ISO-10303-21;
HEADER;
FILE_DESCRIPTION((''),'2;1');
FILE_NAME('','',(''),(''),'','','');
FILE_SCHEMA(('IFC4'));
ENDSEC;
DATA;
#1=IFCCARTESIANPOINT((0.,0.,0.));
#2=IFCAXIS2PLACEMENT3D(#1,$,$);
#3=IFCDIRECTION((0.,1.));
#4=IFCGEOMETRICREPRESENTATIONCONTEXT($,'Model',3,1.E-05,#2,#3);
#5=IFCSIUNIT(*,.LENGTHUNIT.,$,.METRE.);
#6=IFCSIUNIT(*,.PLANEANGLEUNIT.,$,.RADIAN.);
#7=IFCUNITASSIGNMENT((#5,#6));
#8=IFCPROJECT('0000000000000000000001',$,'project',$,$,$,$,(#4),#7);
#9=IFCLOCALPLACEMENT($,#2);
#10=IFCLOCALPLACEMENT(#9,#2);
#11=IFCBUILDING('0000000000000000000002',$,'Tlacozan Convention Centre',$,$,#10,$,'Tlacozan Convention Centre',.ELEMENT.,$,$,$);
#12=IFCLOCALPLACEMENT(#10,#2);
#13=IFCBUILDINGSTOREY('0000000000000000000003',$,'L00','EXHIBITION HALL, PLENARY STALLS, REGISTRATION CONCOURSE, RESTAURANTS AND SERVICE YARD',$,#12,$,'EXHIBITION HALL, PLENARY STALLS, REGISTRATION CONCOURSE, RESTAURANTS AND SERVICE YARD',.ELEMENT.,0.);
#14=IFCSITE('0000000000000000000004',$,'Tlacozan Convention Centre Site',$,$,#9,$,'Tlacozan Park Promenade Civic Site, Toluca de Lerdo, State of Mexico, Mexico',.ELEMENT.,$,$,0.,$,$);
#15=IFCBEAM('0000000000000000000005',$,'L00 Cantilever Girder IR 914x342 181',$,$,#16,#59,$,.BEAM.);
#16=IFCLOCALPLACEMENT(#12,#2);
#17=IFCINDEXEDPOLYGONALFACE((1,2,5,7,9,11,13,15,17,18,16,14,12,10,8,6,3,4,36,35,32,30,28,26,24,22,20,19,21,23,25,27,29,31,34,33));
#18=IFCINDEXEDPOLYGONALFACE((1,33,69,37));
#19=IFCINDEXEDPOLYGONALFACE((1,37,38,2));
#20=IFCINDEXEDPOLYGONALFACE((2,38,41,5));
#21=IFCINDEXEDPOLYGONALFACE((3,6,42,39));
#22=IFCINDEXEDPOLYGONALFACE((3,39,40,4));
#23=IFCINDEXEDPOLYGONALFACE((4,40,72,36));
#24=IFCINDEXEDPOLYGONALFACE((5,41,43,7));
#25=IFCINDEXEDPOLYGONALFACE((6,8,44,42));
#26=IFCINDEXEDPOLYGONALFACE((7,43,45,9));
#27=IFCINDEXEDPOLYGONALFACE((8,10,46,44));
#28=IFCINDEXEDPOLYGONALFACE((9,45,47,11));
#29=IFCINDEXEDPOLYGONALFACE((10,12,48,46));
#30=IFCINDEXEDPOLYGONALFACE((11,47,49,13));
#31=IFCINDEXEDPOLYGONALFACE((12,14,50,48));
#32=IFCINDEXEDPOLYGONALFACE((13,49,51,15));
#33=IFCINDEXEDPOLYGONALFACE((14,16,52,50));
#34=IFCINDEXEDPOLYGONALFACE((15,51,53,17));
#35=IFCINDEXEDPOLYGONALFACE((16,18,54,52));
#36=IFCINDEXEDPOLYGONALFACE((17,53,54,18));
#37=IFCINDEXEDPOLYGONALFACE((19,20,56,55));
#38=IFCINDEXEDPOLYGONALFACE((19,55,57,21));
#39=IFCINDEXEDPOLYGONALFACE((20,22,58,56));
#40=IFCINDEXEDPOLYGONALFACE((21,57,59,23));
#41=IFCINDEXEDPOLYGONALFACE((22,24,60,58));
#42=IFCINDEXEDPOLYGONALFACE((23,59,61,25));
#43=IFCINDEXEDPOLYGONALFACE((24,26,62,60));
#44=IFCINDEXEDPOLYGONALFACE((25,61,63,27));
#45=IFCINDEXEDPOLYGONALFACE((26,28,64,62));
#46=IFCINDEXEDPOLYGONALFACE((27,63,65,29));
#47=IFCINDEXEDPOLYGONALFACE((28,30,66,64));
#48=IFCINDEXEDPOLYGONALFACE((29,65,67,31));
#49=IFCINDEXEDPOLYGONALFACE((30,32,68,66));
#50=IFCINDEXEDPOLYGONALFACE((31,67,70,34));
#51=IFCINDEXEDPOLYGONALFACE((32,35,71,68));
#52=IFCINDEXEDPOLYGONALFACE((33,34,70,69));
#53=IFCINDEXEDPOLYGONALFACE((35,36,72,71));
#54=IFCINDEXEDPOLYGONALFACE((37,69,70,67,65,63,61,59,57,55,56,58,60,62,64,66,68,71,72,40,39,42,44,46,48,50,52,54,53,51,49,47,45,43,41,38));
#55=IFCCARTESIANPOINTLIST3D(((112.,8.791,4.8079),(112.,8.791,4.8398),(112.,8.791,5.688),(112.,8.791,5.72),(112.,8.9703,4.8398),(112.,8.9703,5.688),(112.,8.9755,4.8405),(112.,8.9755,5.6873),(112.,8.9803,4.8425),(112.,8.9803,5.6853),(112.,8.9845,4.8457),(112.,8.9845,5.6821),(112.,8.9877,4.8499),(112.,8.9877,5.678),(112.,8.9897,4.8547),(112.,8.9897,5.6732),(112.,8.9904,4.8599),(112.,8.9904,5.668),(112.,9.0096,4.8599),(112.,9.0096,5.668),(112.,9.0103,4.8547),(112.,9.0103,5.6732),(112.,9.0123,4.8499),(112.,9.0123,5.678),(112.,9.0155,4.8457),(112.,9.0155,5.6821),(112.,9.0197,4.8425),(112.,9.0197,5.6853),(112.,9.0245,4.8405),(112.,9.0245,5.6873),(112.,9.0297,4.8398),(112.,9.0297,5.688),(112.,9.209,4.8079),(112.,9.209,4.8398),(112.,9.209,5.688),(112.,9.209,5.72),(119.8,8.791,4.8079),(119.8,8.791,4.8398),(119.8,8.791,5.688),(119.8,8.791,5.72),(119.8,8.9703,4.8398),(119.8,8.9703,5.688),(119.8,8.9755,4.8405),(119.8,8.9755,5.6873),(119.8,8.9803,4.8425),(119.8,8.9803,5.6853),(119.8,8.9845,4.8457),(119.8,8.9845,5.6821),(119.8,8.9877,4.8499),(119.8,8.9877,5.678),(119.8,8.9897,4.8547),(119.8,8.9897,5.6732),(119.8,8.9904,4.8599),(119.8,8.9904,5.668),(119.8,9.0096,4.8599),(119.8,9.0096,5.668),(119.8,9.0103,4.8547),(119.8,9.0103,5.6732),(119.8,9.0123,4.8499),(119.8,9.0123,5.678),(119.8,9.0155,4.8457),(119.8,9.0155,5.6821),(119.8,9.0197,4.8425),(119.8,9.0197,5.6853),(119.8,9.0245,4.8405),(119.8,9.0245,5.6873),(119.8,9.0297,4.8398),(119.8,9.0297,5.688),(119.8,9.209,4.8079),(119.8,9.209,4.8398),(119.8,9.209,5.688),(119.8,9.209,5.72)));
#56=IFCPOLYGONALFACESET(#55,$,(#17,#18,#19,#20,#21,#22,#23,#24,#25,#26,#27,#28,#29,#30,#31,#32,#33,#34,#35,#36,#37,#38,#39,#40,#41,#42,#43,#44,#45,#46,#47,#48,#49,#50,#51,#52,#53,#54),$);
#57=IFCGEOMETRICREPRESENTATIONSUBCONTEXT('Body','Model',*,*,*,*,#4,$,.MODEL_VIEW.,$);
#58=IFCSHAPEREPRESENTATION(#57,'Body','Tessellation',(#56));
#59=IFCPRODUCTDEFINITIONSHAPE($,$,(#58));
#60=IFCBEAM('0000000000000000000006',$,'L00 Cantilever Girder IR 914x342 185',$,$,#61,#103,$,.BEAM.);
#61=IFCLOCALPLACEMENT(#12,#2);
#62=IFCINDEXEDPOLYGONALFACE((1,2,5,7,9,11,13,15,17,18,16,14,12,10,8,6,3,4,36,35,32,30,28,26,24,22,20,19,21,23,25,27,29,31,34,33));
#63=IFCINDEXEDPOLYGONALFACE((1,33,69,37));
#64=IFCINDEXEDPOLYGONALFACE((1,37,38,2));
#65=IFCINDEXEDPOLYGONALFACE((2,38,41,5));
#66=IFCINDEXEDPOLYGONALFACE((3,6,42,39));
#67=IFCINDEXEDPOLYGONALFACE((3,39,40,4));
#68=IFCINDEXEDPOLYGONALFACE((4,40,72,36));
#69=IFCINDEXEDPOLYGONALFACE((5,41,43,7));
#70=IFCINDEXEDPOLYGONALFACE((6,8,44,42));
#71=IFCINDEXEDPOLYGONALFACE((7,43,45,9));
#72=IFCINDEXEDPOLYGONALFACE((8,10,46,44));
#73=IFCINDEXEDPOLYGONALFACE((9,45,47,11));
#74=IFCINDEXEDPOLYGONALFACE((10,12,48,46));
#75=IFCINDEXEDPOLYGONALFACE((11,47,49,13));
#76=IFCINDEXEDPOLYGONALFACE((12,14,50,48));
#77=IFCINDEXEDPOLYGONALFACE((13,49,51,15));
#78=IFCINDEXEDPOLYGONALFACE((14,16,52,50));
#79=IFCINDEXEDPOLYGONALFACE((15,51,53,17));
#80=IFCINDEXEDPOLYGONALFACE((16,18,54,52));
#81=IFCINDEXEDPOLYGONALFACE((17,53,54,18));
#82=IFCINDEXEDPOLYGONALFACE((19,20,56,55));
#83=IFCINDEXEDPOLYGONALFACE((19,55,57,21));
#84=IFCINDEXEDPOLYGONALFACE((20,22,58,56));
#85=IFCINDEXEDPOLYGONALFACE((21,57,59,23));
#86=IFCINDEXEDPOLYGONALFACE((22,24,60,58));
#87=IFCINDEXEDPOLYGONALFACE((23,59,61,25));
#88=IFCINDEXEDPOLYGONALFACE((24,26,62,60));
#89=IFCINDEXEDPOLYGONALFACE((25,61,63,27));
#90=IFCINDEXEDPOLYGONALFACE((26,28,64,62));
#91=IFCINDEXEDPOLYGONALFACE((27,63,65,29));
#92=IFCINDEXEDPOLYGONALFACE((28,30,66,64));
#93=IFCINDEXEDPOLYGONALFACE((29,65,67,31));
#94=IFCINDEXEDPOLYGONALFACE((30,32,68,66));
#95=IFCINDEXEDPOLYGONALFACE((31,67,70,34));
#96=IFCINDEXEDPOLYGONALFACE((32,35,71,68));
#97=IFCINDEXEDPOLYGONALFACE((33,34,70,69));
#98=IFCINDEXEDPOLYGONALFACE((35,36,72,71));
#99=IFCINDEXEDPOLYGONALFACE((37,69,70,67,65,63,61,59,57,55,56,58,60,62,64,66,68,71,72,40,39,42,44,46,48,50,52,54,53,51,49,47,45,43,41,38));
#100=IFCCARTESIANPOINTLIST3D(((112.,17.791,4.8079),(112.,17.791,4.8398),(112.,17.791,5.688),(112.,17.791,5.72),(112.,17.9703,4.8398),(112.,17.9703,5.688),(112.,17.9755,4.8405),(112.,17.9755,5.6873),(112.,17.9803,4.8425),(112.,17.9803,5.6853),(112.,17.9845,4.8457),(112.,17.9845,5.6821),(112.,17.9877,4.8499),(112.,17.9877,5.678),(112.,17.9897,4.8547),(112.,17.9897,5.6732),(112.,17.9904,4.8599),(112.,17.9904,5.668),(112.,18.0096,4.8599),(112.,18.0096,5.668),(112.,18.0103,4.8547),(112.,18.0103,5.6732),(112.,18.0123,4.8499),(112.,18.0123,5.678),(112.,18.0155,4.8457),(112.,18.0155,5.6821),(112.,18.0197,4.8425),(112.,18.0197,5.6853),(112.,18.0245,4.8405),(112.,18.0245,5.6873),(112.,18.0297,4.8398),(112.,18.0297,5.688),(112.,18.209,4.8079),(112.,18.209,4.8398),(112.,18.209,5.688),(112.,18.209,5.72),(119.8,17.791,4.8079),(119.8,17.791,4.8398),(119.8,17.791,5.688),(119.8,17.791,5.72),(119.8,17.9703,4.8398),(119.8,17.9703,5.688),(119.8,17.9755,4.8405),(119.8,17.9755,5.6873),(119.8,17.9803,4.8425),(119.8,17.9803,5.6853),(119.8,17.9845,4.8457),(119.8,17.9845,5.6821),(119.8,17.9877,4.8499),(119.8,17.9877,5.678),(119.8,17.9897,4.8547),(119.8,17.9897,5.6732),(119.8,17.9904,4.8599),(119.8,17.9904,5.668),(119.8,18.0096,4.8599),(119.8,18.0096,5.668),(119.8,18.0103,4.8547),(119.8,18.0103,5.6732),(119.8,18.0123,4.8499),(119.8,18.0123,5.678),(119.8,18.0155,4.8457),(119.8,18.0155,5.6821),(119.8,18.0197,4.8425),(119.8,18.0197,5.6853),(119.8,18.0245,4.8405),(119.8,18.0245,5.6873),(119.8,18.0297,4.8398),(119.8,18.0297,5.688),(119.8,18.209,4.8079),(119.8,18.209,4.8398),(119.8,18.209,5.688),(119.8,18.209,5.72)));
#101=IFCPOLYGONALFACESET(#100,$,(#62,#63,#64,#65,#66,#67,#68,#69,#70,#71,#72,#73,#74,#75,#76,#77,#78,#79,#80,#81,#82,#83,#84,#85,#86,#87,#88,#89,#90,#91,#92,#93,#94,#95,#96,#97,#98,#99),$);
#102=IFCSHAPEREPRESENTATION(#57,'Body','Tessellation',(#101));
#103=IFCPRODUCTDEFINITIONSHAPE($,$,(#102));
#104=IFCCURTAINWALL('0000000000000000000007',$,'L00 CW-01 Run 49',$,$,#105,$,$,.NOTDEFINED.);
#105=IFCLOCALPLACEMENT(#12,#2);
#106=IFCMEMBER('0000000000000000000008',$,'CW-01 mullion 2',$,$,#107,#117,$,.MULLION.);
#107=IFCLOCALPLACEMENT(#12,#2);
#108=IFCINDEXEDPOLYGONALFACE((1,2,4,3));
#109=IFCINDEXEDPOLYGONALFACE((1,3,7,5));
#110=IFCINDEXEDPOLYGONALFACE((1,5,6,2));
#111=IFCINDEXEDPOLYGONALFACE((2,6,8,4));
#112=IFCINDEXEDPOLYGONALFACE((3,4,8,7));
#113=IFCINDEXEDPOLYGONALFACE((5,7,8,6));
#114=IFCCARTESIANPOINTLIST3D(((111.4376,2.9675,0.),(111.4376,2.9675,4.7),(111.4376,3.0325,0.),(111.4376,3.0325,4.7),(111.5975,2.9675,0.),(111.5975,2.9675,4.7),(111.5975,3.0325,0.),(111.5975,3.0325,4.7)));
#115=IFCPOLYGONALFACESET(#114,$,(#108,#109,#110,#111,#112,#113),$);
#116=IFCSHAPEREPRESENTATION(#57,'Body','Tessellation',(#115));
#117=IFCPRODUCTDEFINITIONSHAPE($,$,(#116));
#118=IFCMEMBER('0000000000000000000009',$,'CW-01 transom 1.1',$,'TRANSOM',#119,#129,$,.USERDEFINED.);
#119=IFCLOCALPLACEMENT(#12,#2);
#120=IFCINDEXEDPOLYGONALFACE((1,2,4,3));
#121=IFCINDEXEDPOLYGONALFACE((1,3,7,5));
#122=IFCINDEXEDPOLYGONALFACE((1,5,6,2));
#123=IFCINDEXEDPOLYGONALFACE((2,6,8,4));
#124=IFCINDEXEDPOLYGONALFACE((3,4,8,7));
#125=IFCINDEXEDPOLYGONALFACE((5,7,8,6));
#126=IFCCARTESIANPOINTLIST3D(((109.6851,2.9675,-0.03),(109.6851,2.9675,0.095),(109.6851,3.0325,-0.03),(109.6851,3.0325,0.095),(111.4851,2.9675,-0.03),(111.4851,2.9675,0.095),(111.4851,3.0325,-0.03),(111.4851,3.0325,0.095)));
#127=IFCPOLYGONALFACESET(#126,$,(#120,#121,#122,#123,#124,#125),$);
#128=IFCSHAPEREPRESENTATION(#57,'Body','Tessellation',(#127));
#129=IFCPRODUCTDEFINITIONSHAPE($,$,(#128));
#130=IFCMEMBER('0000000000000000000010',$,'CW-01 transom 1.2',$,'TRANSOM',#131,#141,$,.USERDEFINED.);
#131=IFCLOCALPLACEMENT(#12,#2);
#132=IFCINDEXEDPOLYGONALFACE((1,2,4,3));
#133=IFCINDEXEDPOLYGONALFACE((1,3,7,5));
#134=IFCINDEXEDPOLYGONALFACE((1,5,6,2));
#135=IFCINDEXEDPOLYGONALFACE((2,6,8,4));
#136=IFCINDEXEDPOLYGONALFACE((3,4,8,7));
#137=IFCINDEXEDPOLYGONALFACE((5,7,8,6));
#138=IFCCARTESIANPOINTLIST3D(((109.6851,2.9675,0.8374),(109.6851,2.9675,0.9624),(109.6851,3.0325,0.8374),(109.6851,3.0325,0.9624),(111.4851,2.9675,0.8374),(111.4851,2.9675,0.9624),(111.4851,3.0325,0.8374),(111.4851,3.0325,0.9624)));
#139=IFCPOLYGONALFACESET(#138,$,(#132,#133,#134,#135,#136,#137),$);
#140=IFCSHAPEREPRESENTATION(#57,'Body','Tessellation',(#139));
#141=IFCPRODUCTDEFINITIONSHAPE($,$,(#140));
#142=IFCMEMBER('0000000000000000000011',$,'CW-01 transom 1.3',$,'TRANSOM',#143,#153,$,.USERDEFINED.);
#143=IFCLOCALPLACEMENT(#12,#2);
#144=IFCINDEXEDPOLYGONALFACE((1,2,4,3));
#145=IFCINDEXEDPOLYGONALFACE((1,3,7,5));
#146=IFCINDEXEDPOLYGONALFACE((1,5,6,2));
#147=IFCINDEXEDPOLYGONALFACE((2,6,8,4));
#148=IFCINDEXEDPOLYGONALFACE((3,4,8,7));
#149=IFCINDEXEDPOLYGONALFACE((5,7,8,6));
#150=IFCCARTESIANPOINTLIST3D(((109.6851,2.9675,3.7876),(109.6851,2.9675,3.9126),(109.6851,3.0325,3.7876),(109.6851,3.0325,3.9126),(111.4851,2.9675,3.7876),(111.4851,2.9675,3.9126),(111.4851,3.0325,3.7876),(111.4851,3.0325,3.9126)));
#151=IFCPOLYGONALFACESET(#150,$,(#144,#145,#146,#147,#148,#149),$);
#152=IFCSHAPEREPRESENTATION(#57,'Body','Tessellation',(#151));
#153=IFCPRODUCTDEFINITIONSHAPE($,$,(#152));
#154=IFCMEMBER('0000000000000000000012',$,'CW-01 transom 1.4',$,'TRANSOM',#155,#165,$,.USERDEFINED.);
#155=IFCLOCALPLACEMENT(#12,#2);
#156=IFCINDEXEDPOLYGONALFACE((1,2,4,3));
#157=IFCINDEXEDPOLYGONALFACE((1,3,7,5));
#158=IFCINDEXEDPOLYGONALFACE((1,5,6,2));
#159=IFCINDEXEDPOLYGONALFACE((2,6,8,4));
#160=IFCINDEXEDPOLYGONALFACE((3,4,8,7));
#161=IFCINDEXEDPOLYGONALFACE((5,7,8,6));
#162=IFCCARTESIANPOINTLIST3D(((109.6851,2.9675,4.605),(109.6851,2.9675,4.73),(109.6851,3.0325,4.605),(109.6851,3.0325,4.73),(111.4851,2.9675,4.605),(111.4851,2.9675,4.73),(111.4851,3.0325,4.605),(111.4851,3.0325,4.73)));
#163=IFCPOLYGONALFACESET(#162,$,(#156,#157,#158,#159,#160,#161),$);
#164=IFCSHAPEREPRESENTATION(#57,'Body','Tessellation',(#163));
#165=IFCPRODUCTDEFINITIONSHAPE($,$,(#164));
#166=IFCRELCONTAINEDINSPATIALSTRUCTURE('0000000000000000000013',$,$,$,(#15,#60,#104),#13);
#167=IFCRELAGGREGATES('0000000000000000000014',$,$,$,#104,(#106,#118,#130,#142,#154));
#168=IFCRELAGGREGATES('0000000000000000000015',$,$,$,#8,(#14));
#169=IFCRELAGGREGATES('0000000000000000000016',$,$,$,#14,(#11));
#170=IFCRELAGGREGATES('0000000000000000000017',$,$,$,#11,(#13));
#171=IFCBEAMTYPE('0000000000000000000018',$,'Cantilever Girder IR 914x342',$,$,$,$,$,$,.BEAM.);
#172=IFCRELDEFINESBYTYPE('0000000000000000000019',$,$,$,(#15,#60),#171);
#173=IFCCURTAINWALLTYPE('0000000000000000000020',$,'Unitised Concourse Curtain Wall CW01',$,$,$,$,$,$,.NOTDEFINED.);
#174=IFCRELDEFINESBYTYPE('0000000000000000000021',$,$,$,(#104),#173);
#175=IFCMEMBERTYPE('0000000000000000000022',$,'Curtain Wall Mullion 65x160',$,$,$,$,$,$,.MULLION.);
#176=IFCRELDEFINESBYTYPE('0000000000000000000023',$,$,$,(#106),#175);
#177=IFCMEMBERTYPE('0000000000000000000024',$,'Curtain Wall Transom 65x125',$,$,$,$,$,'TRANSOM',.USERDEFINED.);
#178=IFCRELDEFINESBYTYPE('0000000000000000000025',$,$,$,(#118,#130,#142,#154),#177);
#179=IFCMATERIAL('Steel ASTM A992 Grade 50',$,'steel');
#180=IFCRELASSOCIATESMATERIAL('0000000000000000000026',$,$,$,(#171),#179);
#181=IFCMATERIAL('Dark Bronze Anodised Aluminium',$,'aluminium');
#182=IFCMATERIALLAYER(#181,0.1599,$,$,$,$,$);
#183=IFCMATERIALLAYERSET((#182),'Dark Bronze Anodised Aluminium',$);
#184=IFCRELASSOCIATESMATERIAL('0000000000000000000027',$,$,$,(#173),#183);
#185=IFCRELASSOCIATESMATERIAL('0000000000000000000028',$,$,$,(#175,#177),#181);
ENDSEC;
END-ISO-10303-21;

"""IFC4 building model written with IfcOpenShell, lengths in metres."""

from ifc_helpers import new_model, si_unit, direction, frame, origin, origin_2d, place, context, subcontext, project, spatial, rectangle, i_section, extrude, material, layer, layer_set, material_profile, profile_set, type_object, element, aggregate, save


model = new_model("IFC4")

# Units and contexts
model_context = context("Model", 3, precision=1e-05, world=origin(), true_north=direction((0.0, 1.0)))
body_context = subcontext(model_context, "Body", "Model", "MODEL_VIEW")
ifc_project = project(units=[si_unit("LENGTHUNIT", "METRE"), si_unit("PLANEANGLEUNIT", "RADIAN")], contexts=[model_context])

# Site, building, storey
site_placement = place(None, origin())
site = spatial("IfcSite", under=ifc_project, at=site_placement, Name="Tlacozan Convention Centre Site", LongName="Tlacozan Park Promenade Civic Site, Toluca de Lerdo, State of Mexico, Mexico", CompositionType="ELEMENT", RefElevation=0.0)
building_placement = place(site_placement, origin())
building = spatial("IfcBuilding", under=site, at=building_placement, Name="Tlacozan Convention Centre", LongName="Tlacozan Convention Centre", CompositionType="ELEMENT")
storey_placement = place(building_placement, origin())
storey = spatial("IfcBuildingStorey", under=building, at=storey_placement, Name="L00", Description="EXHIBITION HALL, PLENARY STALLS, REGISTRATION CONCOURSE, RESTAURANTS AND SERVICE YARD", LongName="EXHIBITION HALL, PLENARY STALLS, REGISTRATION CONCOURSE, RESTAURANTS AND SERVICE YARD", CompositionType="ELEMENT", Elevation=0.0)

# Beams
ifc_material_1 = material(Name="Steel ASTM A992 Grade 50", Category="steel")
ifc_material_profile_1 = material_profile(ifc_material_1, i_section(OverallWidth=0.418, OverallDepth=0.9121, WebThickness=0.0193, FlangeThickness=0.032, FilletRadius=0.02, at=origin_2d()), Name="IR 914x342.0")
ifc_profile_set_1 = profile_set([ifc_material_profile_1], Name="Steel ASTM A992 Grade 50")
beam_type_1 = type_object("IfcBeamType", Name="Cantilever Girder IR 914x342", PredefinedType="BEAM", material=ifc_profile_set_1)
for number, where, z_axis, x_axis, name in (
    (1, (112.0, 9.0, 5.2639), (1.0, 0.0, 0.0), (0.0, 1.0, 0.0), "L00 Cantilever Girder IR 914x342 181"),
    (2, (112.0, 18.0, 5.2639), (1.0, 0.0, 0.0), (0.0, 1.0, 0.0), "L00 Cantilever Girder IR 914x342 185"),
):
    element("IfcBeam", number, at=place(storey_placement, frame(where, z_axis=z_axis, x_axis=x_axis)), inside=storey, type_object=beam_type_1, Name=name, PredefinedType="BEAM", context=body_context, shape_type="SweptSolid", body=[
        extrude(i_section(OverallWidth=0.418, OverallDepth=0.9121, WebThickness=0.0193, FlangeThickness=0.032, FilletRadius=0.02, at=origin_2d()), origin(), (0.0, 0.0, 1.0), 7.8),
    ])

# Curtain wall, members
ifc_material_2 = material(Name="Dark Bronze Anodised Aluminium", Category="aluminium")
ifc_layer_1 = layer(ifc_material_2, 0.1599)
ifc_layer_set_1 = layer_set([ifc_layer_1], Name="Dark Bronze Anodised Aluminium")
curtain_wall_type = type_object("IfcCurtainWallType", Name="Unitised Concourse Curtain Wall CW01", PredefinedType="NOTDEFINED", material=ifc_layer_set_1)
curtain_wall_placement = place(storey_placement, origin())
curtain_wall = element("IfcCurtainWall", 3, at=curtain_wall_placement, inside=storey, type_object=curtain_wall_type, Name="L00 CW-01 Run 49", PredefinedType="NOTDEFINED")
ifc_material_profile_2 = material_profile(ifc_material_2, rectangle(XDim=0.0649, YDim=0.1599, at=origin_2d()), Name="ALU 65x160")
ifc_profile_set_2 = profile_set([ifc_material_profile_2], Name="Dark Bronze Anodised Aluminium")
member_type_1 = type_object("IfcMemberType", Name="Curtain Wall Mullion 65x160", PredefinedType="MULLION", material=ifc_profile_set_2)
member_1_placement = place(storey_placement, frame((111.5176, 3.0, 0.0), z_axis=(0.0, 0.0, 1.0), x_axis=(0.0, 1.0, 0.0)))
member_1 = element("IfcMember", 4, at=member_1_placement, type_object=member_type_1, Name="CW-01 mullion 2", PredefinedType="MULLION", context=body_context, shape_type="SweptSolid", body=[
    extrude(rectangle(XDim=0.0649, YDim=0.1599, at=origin_2d()), origin(), (0.0, 0.0, 1.0), 4.7),
])
ifc_material_profile_3 = material_profile(ifc_material_2, rectangle(XDim=0.0649, YDim=0.125, at=origin_2d()), Name="ALU 65x125")
ifc_profile_set_3 = profile_set([ifc_material_profile_3], Name="Dark Bronze Anodised Aluminium")
member_type_2 = type_object("IfcMemberType", Name="Curtain Wall Transom 65x125", ElementType="TRANSOM", PredefinedType="USERDEFINED", material=ifc_profile_set_3)
member_2_placement = place(storey_placement, frame((109.6851, 3.0, 0.0325), z_axis=(1.0, 0.0, 0.0), x_axis=(0.0, 1.0, 0.0)))
member_2 = element("IfcMember", 5, at=member_2_placement, type_object=member_type_2, Name="CW-01 transom 1.1", ObjectType="TRANSOM", PredefinedType="USERDEFINED", context=body_context, shape_type="SweptSolid", body=[
    extrude(rectangle(XDim=0.0649, YDim=0.125, at=origin_2d()), origin(), (0.0, 0.0, 1.0), 1.8),
])
member_3_placement = place(storey_placement, frame((109.6851, 3.0, 0.8999), z_axis=(1.0, 0.0, 0.0), x_axis=(0.0, 1.0, 0.0)))
member_3 = element("IfcMember", 6, at=member_3_placement, type_object=member_type_2, Name="CW-01 transom 1.2", ObjectType="TRANSOM", PredefinedType="USERDEFINED", context=body_context, shape_type="SweptSolid", body=[
    extrude(rectangle(XDim=0.0649, YDim=0.125, at=origin_2d()), origin(), (0.0, 0.0, 1.0), 1.8),
])
member_4_placement = place(storey_placement, frame((109.6851, 3.0, 3.8501), z_axis=(1.0, 0.0, 0.0), x_axis=(0.0, 1.0, 0.0)))
member_4 = element("IfcMember", 7, at=member_4_placement, type_object=member_type_2, Name="CW-01 transom 1.3", ObjectType="TRANSOM", PredefinedType="USERDEFINED", context=body_context, shape_type="SweptSolid", body=[
    extrude(rectangle(XDim=0.0649, YDim=0.125, at=origin_2d()), origin(), (0.0, 0.0, 1.0), 1.8),
])
member_5_placement = place(storey_placement, frame((109.6851, 3.0, 4.6675), z_axis=(1.0, 0.0, 0.0), x_axis=(0.0, 1.0, 0.0)))
member_5 = element("IfcMember", 8, at=member_5_placement, type_object=member_type_2, Name="CW-01 transom 1.4", ObjectType="TRANSOM", PredefinedType="USERDEFINED", context=body_context, shape_type="SweptSolid", body=[
    extrude(rectangle(XDim=0.0649, YDim=0.125, at=origin_2d()), origin(), (0.0, 0.0, 1.0), 1.8),
])

aggregate(curtain_wall, [member_1, member_2, member_3, member_4, member_5])

save(model, "model.ifc")
